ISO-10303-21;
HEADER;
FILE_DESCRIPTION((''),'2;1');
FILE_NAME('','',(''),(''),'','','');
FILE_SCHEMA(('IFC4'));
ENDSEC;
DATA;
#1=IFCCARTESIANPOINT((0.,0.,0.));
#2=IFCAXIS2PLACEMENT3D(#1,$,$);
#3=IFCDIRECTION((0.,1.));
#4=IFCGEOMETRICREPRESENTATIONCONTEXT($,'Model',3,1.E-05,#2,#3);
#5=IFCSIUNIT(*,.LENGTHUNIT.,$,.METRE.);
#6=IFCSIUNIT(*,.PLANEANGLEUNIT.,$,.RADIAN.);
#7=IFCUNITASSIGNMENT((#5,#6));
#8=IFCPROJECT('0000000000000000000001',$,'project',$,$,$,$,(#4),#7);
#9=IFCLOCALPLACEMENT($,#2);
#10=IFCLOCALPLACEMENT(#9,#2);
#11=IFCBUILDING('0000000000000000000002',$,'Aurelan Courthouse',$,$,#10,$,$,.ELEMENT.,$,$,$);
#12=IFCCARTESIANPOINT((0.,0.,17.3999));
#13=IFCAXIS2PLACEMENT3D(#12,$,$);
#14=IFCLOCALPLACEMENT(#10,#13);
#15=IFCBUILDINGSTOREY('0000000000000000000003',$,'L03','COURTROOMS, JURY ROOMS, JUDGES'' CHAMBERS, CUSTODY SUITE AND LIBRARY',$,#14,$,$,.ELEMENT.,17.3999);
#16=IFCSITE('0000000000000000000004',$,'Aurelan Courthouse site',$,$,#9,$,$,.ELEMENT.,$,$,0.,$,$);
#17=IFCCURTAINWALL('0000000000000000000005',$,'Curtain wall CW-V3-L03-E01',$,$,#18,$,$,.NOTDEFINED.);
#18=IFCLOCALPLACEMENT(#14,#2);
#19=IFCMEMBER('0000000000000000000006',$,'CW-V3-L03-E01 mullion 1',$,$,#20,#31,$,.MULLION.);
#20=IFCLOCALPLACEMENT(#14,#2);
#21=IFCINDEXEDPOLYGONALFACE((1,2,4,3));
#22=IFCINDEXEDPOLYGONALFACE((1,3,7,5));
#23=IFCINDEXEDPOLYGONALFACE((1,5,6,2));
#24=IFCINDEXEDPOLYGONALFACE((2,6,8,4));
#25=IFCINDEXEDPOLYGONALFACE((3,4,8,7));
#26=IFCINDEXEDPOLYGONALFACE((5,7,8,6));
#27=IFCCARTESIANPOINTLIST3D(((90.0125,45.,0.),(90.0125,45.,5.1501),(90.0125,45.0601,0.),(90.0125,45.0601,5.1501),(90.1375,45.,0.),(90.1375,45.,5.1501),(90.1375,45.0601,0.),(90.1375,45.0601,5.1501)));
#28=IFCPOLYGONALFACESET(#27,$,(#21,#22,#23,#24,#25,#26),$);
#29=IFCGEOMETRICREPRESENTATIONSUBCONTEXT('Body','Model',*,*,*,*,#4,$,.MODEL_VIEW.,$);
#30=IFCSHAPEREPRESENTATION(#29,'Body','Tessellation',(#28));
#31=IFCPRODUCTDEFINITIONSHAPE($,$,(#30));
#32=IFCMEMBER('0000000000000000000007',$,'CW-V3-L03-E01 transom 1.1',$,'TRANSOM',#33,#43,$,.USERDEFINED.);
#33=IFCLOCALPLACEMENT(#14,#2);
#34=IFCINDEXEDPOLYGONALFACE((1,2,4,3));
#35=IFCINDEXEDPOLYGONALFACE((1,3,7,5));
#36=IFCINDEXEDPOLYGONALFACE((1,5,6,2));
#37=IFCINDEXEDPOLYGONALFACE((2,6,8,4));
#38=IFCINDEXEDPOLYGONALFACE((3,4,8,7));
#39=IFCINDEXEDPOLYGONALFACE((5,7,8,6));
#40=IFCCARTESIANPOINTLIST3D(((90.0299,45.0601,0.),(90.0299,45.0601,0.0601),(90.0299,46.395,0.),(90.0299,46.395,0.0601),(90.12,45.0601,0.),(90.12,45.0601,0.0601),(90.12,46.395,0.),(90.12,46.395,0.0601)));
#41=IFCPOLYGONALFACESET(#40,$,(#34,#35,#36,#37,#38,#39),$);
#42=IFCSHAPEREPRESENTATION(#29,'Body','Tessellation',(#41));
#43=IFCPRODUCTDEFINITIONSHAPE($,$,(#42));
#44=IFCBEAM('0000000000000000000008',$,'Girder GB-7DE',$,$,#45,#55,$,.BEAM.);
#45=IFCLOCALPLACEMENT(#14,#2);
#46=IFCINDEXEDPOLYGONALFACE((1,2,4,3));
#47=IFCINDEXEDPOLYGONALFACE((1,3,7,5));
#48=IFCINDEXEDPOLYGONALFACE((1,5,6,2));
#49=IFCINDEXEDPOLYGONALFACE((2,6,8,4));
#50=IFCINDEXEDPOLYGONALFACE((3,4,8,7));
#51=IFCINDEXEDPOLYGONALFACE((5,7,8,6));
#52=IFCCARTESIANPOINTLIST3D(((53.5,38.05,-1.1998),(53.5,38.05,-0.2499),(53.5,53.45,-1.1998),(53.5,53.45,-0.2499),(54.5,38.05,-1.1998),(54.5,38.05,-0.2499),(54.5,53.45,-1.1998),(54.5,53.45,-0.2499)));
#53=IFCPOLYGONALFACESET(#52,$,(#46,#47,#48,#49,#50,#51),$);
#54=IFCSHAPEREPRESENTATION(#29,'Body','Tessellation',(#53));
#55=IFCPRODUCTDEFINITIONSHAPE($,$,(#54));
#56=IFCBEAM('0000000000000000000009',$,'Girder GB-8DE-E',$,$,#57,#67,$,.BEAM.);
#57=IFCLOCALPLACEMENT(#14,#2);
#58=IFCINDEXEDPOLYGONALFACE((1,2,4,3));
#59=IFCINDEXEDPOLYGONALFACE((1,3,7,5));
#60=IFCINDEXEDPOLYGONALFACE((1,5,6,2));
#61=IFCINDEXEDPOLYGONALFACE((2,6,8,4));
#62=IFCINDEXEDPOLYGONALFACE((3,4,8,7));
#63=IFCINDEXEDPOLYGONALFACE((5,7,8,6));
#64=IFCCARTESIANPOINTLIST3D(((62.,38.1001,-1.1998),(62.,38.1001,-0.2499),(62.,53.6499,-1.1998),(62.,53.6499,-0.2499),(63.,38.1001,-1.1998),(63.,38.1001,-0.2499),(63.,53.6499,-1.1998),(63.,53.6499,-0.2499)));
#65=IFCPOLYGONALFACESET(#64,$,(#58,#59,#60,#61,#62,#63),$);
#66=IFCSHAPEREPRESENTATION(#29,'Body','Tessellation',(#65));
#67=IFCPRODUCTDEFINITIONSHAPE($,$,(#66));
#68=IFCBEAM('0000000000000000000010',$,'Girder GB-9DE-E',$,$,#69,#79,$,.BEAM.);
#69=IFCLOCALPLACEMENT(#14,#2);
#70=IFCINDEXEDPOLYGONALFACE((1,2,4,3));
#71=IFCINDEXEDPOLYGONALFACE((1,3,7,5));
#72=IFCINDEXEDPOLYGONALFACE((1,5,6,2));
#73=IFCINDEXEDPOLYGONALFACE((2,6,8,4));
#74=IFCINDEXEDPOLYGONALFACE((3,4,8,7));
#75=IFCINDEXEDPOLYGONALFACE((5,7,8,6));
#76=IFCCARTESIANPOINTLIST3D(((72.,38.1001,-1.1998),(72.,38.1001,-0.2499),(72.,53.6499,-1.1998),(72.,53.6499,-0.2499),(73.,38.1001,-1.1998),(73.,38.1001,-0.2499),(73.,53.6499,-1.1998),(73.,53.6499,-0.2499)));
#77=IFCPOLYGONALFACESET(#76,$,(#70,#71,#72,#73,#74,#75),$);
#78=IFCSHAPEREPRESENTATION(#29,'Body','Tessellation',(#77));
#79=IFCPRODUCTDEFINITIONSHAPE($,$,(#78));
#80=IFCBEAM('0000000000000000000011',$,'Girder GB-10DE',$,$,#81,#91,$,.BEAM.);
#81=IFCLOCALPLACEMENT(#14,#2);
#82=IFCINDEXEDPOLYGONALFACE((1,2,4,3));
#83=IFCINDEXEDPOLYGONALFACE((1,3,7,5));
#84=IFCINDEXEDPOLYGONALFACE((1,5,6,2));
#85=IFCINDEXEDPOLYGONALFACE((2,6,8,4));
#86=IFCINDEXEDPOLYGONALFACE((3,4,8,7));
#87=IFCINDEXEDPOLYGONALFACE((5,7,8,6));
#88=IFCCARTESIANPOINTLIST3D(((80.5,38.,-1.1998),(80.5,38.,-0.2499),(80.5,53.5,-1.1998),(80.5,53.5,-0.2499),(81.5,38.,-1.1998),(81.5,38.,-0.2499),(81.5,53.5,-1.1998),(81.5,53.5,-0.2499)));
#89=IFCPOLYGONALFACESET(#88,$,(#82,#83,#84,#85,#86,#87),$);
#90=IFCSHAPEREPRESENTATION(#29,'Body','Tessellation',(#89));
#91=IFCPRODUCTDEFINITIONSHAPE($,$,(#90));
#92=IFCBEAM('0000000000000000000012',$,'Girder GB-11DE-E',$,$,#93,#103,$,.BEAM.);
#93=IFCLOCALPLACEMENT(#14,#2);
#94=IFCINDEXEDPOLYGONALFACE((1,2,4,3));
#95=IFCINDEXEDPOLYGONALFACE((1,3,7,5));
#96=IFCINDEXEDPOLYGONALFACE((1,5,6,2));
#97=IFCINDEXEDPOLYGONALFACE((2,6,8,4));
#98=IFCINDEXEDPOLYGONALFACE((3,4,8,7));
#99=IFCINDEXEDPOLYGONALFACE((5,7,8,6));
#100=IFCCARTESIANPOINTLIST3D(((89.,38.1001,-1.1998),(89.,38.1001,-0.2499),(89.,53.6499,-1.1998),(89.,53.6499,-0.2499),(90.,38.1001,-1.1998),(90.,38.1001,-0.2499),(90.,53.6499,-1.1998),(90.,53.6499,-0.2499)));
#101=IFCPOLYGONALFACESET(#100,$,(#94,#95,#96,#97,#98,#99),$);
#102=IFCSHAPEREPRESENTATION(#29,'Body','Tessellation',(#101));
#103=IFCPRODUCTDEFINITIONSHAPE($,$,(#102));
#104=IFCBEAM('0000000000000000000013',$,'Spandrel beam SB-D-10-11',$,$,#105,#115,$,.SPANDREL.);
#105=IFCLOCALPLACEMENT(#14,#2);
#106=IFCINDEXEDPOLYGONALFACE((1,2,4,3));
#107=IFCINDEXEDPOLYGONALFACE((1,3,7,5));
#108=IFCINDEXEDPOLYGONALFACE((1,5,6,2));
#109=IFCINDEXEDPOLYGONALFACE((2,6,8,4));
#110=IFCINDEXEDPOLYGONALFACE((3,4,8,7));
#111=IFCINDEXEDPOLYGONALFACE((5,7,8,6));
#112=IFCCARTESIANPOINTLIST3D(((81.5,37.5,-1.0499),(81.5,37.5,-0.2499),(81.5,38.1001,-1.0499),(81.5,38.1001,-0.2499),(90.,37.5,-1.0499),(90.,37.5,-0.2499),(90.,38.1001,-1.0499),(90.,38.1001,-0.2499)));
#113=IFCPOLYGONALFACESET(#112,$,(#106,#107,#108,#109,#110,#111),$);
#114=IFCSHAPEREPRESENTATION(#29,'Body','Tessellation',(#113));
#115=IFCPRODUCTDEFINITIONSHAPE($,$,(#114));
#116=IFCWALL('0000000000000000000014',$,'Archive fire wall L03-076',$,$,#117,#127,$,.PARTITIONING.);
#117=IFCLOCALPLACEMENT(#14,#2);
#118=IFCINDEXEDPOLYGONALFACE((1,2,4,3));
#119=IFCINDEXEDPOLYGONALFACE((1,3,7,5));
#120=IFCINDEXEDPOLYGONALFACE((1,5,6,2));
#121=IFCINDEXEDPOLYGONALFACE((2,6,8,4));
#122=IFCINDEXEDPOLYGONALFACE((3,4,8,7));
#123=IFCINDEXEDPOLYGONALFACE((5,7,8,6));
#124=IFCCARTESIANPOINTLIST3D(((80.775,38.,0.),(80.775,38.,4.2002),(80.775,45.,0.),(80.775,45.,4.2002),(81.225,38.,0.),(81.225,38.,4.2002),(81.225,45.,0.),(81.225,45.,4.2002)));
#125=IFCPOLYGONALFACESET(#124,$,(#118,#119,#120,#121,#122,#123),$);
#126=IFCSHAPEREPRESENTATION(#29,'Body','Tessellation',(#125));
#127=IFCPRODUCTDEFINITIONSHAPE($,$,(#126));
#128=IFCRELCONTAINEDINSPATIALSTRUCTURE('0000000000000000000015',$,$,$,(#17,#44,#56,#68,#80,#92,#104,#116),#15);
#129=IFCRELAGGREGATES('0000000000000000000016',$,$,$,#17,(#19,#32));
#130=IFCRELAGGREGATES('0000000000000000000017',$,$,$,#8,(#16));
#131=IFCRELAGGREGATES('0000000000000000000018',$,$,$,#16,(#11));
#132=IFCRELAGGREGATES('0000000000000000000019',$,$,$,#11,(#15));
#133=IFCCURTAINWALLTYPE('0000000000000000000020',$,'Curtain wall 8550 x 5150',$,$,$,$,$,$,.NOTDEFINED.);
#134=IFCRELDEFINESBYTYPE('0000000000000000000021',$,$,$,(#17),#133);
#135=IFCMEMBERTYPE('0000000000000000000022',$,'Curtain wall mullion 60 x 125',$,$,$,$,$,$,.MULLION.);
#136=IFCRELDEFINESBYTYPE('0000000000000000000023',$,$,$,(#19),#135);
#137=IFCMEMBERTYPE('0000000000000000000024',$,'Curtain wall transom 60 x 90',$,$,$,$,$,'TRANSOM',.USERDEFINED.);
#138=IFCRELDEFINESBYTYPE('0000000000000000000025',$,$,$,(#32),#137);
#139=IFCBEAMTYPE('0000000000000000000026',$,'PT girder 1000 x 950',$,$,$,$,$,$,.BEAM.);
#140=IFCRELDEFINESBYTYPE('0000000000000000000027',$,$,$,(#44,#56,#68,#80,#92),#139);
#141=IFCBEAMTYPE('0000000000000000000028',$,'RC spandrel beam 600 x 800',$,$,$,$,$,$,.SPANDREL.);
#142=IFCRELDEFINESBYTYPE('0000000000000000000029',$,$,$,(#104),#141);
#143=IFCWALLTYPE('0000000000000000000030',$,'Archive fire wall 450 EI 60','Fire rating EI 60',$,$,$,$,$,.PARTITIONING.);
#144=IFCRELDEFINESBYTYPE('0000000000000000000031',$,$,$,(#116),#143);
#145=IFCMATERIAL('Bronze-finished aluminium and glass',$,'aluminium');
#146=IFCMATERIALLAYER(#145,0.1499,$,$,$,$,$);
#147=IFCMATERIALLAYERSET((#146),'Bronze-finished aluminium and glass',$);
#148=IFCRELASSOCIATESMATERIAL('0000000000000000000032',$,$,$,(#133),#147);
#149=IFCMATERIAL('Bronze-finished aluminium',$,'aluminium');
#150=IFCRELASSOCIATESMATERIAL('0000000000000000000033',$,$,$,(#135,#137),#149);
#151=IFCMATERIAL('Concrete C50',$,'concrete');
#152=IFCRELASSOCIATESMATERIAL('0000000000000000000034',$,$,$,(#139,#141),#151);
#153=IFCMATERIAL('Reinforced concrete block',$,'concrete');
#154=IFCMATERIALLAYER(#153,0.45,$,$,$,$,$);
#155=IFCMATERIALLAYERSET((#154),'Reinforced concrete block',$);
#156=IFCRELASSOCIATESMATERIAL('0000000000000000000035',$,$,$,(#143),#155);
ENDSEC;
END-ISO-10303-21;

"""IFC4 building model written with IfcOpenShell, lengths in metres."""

from ifc_helpers import new_model, si_unit, direction, frame, frame_2d, origin, origin_2d, place, context, subcontext, project, spatial, rectangle, extrude, material, layer, layer_set, material_profile, profile_set, type_object, element, aggregate, save


model = new_model("IFC4")

# Units and contexts
model_context = context("Model", 3, precision=1e-05, world=origin(), true_north=direction((0.0, 1.0)))
body_context = subcontext(model_context, "Body", "Model", "MODEL_VIEW")
ifc_project = project(units=[si_unit("LENGTHUNIT", "METRE"), si_unit("PLANEANGLEUNIT", "RADIAN")], contexts=[model_context])

# Site, building, storey
site_placement = place(None, origin())
site = spatial("IfcSite", under=ifc_project, at=site_placement, Name="Aurelan Courthouse site", CompositionType="ELEMENT", RefElevation=0.0)
building_placement = place(site_placement, origin())
building = spatial("IfcBuilding", under=site, at=building_placement, Name="Aurelan Courthouse", CompositionType="ELEMENT")
storey_placement = place(building_placement, frame((0.0, 0.0, 17.3999)))
storey = spatial("IfcBuildingStorey", under=building, at=storey_placement, Name="L03", Description="COURTROOMS, JURY ROOMS, JUDGES' CHAMBERS, CUSTODY SUITE AND LIBRARY", CompositionType="ELEMENT", Elevation=17.3999)

# Curtain wall, members
ifc_material_1 = material(Name="Bronze-finished aluminium and glass", Category="aluminium")
ifc_layer_1 = layer(ifc_material_1, 0.1499)
ifc_layer_set_1 = layer_set([ifc_layer_1], Name="Bronze-finished aluminium and glass")
curtain_wall_type = type_object("IfcCurtainWallType", Name="Curtain wall 8550 x 5150", PredefinedType="NOTDEFINED", material=ifc_layer_set_1)
curtain_wall_placement = place(storey_placement, origin())
curtain_wall = element("IfcCurtainWall", 1, at=curtain_wall_placement, inside=storey, type_object=curtain_wall_type, Name="Curtain wall CW-V3-L03-E01", PredefinedType="NOTDEFINED")
ifc_material_2 = material(Name="Bronze-finished aluminium", Category="aluminium")
ifc_material_profile_1 = material_profile(ifc_material_2, rectangle(XDim=0.125, YDim=0.0601, at=origin_2d()), Name="Bronze mullion 60 x 125")
ifc_profile_set_1 = profile_set([ifc_material_profile_1], Name="Bronze-finished aluminium")
member_type_1 = type_object("IfcMemberType", Name="Curtain wall mullion 60 x 125", PredefinedType="MULLION", material=ifc_profile_set_1)
member_1_placement = place(storey_placement, frame((90.075, 45.03, 0.0), z_axis=(0.0, 0.0, 1.0), x_axis=(-1.0, 0.0, 0.0)))
member_1 = element("IfcMember", 2, at=member_1_placement, type_object=member_type_1, Name="CW-V3-L03-E01 mullion 1", PredefinedType="MULLION", context=body_context, shape_type="SweptSolid", body=[
    extrude(rectangle(XDim=0.125, YDim=0.0601, at=origin_2d()), origin(), (0.0, 0.0, 1.0), 5.1501),
])
ifc_material_profile_2 = material_profile(ifc_material_2, rectangle(XDim=0.0901, YDim=0.0601, at=origin_2d()), Name="Bronze transom 60 x 90")
ifc_profile_set_2 = profile_set([ifc_material_profile_2], Name="Bronze-finished aluminium")
member_type_2 = type_object("IfcMemberType", Name="Curtain wall transom 60 x 90", ElementType="TRANSOM", PredefinedType="USERDEFINED", material=ifc_profile_set_2)
member_2_placement = place(storey_placement, frame((90.075, 45.0601, 0.03), z_axis=(0.0, 1.0, 0.0), x_axis=(-1.0, 0.0, 0.0)))
member_2 = element("IfcMember", 3, at=member_2_placement, type_object=member_type_2, Name="CW-V3-L03-E01 transom 1.1", ObjectType="TRANSOM", PredefinedType="USERDEFINED", context=body_context, shape_type="SweptSolid", body=[
    extrude(rectangle(XDim=0.0901, YDim=0.0601, at=origin_2d()), origin(), (0.0, 0.0, 1.0), 1.335),
])
aggregate(curtain_wall, [member_1, member_2])

# Beams
ifc_material_3 = material(Name="Concrete C50", Category="concrete")
ifc_material_profile_3 = material_profile(ifc_material_3, rectangle(XDim=1.0, YDim=0.95, at=origin_2d()), Name="RC 1000 x 950")
ifc_profile_set_3 = profile_set([ifc_material_profile_3], Name="Concrete C50")
beam_type_1 = type_object("IfcBeamType", Name="PT girder 1000 x 950", PredefinedType="BEAM", material=ifc_profile_set_3)
beam_1_placement = place(storey_placement, frame((54.0, 38.05, -0.7249), z_axis=(0.0, 1.0, 0.0), x_axis=(-1.0, 0.0, 0.0)))
element("IfcBeam", 4, at=beam_1_placement, inside=storey, type_object=beam_type_1, Name="Girder GB-7DE", PredefinedType="BEAM", context=body_context, shape_type="SweptSolid", body=[
    extrude(rectangle(XDim=1.0, YDim=0.95, at=origin_2d()), origin(), (0.0, 0.0, 1.0), 15.3999),
])
for number, where, z_axis, x_axis, name in (
    (5, (62.5, 38.1001, -0.7249), (0.0, 1.0, 0.0), (-1.0, 0.0, 0.0), "Girder GB-8DE-E"),
    (6, (72.5, 38.1001, -0.7249), (0.0, 1.0, 0.0), (-1.0, 0.0, 0.0), "Girder GB-9DE-E"),
):
    element("IfcBeam", number, at=place(storey_placement, frame(where, z_axis=z_axis, x_axis=x_axis)), inside=storey, type_object=beam_type_1, Name=name, PredefinedType="BEAM", context=body_context, shape_type="SweptSolid", body=[
        extrude(rectangle(XDim=1.0, YDim=0.95, at=origin_2d()), origin(), (0.0, 0.0, 1.0), 15.5498),
    ])
beam_2_placement = place(storey_placement, frame((81.0, 38.0, -0.7249), z_axis=(0.0, 1.0, 0.0), x_axis=(-1.0, 0.0, 0.0)))
element("IfcBeam", 7, at=beam_2_placement, inside=storey, type_object=beam_type_1, Name="Girder GB-10DE", PredefinedType="BEAM", context=body_context, shape_type="SweptSolid", body=[
    extrude(rectangle(XDim=1.0, YDim=0.95, at=origin_2d()), origin(), (0.0, 0.0, 1.0), 15.5),
])
beam_3_placement = place(storey_placement, frame((89.5, 38.1001, -0.7249), z_axis=(0.0, 1.0, 0.0), x_axis=(-1.0, 0.0, 0.0)))
element("IfcBeam", 8, at=beam_3_placement, inside=storey, type_object=beam_type_1, Name="Girder GB-11DE-E", PredefinedType="BEAM", context=body_context, shape_type="SweptSolid", body=[
    extrude(rectangle(XDim=1.0, YDim=0.95, at=origin_2d()), origin(), (0.0, 0.0, 1.0), 15.5498),
])
ifc_material_profile_4 = material_profile(ifc_material_3, rectangle(XDim=0.6001, YDim=0.8, at=origin_2d()), Name="RC 600 x 800")
ifc_profile_set_4 = profile_set([ifc_material_profile_4], Name="Concrete C50")
beam_type_2 = type_object("IfcBeamType", Name="RC spandrel beam 600 x 800", PredefinedType="SPANDREL", material=ifc_profile_set_4)
beam_4_placement = place(storey_placement, frame((81.5, 37.8, -0.6499), z_axis=(1.0, 0.0, 0.0), x_axis=(0.0, 1.0, 0.0)))
element("IfcBeam", 9, at=beam_4_placement, inside=storey, type_object=beam_type_2, Name="Spandrel beam SB-D-10-11", PredefinedType="SPANDREL", context=body_context, shape_type="SweptSolid", body=[
    extrude(rectangle(XDim=0.6001, YDim=0.8, at=origin_2d()), origin(), (0.0, 0.0, 1.0), 8.5),
])

# Shared definitions
ifc_material_4 = material(Name="Reinforced concrete block", Category="concrete")
ifc_layer_2 = layer(ifc_material_4, 0.45)
ifc_layer_set_2 = layer_set([ifc_layer_2], Name="Reinforced concrete block")
wall_type_1 = type_object("IfcWallType", Name="Archive fire wall 450 EI 60", Description="Fire rating EI 60", PredefinedType="PARTITIONING", material=ifc_layer_set_2)

# Wall
wall_1_placement = place(storey_placement, frame((81.0, 38.0, 0.0), z_axis=(0.0, 0.0, 1.0), x_axis=(0.0, 1.0, 0.0)))
element("IfcWall", 10, at=wall_1_placement, inside=storey, type_object=wall_type_1, Name="Archive fire wall L03-076", PredefinedType="PARTITIONING", context=body_context, shape_type="SweptSolid", body=[
    extrude(rectangle(XDim=7.0, YDim=0.45, at=frame_2d((3.5, 0.0))), origin(), (0.0, 0.0, 1.0), 4.2002),
])

save(model, "model.ifc")
